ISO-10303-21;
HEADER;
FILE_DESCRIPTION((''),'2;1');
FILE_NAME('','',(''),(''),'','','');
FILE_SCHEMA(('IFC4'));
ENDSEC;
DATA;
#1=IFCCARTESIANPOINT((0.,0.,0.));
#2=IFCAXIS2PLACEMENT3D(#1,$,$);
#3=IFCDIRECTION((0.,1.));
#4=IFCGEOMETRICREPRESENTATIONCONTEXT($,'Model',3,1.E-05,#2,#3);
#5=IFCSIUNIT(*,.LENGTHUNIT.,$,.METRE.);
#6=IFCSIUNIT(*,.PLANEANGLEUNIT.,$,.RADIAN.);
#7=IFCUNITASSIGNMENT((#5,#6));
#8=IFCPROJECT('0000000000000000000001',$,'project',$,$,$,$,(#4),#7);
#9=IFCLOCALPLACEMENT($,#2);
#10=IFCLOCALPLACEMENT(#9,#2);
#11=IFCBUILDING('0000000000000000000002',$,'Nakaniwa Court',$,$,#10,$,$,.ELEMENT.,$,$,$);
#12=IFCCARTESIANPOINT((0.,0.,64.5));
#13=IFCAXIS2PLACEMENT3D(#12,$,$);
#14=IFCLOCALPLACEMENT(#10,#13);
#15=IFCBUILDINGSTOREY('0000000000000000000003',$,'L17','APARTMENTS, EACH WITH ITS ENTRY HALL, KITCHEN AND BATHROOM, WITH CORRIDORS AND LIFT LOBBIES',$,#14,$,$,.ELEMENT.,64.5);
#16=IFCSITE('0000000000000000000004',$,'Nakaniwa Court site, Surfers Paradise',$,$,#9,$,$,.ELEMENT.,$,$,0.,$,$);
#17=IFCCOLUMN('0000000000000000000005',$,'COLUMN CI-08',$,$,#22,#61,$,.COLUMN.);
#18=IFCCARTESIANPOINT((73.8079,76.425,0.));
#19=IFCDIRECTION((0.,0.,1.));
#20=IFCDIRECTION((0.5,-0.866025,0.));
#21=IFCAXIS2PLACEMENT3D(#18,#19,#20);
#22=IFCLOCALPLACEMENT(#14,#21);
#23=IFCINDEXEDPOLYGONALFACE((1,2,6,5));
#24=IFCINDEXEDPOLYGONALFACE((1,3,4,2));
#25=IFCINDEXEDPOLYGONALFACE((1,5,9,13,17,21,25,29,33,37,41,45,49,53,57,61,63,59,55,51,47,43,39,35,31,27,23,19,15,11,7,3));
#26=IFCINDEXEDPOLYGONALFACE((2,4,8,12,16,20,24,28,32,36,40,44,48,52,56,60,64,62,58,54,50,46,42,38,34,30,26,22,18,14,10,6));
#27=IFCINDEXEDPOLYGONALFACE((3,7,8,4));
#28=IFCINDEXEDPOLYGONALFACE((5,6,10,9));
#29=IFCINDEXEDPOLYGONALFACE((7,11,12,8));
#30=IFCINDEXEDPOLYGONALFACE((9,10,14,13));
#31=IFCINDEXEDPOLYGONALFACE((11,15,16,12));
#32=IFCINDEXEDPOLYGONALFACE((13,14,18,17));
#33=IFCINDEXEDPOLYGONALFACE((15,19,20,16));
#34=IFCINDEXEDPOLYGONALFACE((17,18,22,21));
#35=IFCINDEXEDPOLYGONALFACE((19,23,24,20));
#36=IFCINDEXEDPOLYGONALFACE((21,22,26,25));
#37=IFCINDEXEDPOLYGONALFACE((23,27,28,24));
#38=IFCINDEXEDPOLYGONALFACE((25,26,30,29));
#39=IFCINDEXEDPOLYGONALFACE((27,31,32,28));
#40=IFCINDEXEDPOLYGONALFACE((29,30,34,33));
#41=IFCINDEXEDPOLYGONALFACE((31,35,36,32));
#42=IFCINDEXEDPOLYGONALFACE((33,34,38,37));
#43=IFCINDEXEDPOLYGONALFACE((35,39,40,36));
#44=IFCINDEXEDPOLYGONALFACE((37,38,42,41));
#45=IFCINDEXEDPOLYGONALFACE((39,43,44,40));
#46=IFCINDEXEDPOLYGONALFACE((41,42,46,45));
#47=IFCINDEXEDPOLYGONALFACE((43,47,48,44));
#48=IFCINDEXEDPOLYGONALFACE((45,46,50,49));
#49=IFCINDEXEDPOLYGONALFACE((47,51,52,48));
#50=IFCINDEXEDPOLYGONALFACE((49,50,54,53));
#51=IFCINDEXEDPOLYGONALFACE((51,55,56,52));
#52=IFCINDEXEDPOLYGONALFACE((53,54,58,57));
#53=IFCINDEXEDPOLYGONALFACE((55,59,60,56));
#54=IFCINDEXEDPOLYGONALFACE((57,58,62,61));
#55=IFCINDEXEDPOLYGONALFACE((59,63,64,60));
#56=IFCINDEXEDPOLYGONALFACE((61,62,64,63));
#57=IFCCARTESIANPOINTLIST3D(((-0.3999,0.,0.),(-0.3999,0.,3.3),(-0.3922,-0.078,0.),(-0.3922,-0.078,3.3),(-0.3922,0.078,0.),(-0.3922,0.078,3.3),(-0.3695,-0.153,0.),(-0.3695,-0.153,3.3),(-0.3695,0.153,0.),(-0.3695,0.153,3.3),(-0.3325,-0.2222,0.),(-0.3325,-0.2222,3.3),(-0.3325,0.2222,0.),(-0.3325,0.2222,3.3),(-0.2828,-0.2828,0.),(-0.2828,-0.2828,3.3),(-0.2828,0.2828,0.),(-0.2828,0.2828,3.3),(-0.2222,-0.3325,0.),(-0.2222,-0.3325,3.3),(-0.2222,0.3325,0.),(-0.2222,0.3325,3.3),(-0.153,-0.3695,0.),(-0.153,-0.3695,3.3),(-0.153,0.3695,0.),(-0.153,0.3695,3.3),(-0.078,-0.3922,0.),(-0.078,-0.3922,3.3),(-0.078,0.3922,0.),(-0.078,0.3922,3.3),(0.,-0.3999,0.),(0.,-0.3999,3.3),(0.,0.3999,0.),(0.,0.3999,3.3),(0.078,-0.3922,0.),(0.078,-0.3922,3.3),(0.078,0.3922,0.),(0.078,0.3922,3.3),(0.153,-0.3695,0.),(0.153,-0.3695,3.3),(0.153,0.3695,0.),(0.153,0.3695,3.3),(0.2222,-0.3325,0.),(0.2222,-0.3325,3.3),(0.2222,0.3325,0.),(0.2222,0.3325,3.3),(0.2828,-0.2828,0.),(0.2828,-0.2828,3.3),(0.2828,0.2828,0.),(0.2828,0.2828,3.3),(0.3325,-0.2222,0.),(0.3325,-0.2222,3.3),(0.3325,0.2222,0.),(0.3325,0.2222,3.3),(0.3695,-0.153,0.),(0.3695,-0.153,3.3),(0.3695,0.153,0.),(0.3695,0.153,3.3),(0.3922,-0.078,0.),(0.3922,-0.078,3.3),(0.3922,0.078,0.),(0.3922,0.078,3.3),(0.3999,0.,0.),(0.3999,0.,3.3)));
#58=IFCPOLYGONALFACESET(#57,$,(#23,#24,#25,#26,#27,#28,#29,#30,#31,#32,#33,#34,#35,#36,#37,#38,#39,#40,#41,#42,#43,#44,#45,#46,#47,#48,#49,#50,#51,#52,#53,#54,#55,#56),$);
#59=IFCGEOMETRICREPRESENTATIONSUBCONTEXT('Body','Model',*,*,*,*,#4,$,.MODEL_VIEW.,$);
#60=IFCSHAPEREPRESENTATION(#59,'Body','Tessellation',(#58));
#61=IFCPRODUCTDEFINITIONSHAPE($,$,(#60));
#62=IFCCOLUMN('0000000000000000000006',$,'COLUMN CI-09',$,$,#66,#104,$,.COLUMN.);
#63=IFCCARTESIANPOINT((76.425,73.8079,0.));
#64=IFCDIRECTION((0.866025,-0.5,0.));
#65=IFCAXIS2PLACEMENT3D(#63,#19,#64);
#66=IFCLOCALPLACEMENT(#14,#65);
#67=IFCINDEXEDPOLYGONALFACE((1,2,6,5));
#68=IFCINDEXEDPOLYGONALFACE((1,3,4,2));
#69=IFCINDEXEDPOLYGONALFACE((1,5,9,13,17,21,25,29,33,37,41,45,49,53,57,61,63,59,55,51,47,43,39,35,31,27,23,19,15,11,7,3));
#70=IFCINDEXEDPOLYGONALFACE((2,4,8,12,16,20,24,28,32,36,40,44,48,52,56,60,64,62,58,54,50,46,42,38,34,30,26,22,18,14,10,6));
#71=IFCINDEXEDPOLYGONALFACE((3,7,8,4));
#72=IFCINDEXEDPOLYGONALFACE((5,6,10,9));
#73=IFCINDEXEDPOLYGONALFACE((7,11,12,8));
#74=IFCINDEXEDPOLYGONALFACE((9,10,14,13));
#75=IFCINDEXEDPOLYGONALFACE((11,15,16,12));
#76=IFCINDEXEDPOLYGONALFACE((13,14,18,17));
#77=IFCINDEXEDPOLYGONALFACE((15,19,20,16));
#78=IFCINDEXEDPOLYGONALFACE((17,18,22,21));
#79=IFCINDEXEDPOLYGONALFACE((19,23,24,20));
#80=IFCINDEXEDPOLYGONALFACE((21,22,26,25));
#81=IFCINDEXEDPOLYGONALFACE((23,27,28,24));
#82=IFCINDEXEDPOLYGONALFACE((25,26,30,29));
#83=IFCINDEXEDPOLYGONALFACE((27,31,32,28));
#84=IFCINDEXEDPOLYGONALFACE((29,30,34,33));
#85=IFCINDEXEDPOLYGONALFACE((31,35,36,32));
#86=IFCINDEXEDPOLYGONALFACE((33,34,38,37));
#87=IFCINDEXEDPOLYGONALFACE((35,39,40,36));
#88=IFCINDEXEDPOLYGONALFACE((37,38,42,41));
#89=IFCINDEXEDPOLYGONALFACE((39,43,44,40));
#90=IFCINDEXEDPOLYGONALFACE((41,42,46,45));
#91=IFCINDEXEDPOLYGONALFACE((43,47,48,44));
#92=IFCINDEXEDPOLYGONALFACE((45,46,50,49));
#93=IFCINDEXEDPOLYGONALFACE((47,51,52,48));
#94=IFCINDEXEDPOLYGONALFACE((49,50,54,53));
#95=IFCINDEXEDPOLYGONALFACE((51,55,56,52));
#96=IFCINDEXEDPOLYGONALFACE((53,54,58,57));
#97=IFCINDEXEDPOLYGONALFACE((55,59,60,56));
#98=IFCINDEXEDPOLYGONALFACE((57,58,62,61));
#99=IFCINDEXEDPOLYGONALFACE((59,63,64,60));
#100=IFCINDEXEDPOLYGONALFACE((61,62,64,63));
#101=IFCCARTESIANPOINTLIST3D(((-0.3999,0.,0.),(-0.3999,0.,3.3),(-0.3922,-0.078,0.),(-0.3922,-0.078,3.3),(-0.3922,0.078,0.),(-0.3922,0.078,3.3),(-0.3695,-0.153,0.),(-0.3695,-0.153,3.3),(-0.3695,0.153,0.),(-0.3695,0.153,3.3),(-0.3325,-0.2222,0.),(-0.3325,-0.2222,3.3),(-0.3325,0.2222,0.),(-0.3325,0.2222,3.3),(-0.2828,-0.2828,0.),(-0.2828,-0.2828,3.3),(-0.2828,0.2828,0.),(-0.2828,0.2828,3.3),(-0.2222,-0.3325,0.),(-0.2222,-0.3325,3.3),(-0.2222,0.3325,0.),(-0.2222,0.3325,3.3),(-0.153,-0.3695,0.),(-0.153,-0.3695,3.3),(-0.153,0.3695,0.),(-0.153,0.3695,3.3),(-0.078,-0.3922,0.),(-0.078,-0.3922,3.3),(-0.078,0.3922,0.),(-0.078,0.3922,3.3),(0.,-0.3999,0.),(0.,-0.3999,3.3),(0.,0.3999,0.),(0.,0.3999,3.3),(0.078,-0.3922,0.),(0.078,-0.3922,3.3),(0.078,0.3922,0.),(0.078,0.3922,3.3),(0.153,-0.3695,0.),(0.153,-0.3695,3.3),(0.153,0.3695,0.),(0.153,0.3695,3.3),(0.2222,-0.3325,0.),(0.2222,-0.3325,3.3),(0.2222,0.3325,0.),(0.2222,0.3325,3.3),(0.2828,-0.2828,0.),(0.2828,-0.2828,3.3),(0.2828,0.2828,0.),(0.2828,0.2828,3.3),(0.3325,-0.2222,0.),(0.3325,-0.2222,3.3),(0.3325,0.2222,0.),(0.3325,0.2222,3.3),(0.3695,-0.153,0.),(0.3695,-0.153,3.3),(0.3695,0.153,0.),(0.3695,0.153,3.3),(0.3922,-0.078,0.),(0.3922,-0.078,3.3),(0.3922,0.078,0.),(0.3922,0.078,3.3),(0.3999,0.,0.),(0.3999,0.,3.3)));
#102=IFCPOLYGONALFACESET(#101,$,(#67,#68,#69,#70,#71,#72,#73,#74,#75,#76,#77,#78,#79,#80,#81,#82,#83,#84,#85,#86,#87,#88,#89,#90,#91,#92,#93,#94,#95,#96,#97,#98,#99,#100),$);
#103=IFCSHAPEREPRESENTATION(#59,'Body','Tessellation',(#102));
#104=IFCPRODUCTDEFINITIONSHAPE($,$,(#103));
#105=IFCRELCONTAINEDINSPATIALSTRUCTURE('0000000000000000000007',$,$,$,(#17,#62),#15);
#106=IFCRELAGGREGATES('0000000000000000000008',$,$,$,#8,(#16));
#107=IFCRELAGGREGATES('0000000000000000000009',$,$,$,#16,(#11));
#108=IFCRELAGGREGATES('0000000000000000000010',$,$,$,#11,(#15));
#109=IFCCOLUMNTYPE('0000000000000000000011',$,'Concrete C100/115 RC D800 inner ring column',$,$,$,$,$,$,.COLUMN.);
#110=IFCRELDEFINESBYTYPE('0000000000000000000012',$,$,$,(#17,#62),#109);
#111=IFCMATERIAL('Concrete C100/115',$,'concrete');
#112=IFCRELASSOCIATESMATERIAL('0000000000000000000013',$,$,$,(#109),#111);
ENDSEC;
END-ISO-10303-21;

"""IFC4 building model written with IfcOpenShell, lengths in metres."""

from ifc_helpers import new_model, si_unit, direction, frame, origin, origin_2d, place, context, subcontext, project, spatial, circle, extrude, material, material_profile, profile_set, type_object, element, save


model = new_model("IFC4")

# Units and contexts
model_context = context("Model", 3, precision=1e-05, world=origin(), true_north=direction((0.0, 1.0)))
body_context = subcontext(model_context, "Body", "Model", "MODEL_VIEW")
ifc_project = project(units=[si_unit("LENGTHUNIT", "METRE"), si_unit("PLANEANGLEUNIT", "RADIAN")], contexts=[model_context])

# Site, building, storey
site_placement = place(None, origin())
site = spatial("IfcSite", under=ifc_project, at=site_placement, Name="Nakaniwa Court site, Surfers Paradise", CompositionType="ELEMENT", RefElevation=0.0)
building_placement = place(site_placement, origin())
building = spatial("IfcBuilding", under=site, at=building_placement, Name="Nakaniwa Court", CompositionType="ELEMENT")
storey_placement = place(building_placement, frame((0.0, 0.0, 64.5)))
storey = spatial("IfcBuildingStorey", under=building, at=storey_placement, Name="L17", Description="APARTMENTS, EACH WITH ITS ENTRY HALL, KITCHEN AND BATHROOM, WITH CORRIDORS AND LIFT LOBBIES", CompositionType="ELEMENT", Elevation=64.5)

# Columns
ifc_material_1 = material(Name="Concrete C100/115", Category="concrete")
ifc_material_profile_1 = material_profile(ifc_material_1, circle(Radius=0.3999, at=origin_2d()), Name="Concrete C100/115 RC D800 inner ring column")
ifc_profile_set_1 = profile_set([ifc_material_profile_1], Name="Concrete C100/115")
column_type_1 = type_object("IfcColumnType", Name="Concrete C100/115 RC D800 inner ring column", PredefinedType="COLUMN", material=ifc_profile_set_1)
for number, where, z_axis, x_axis, name in (
    (1, (73.8079, 76.425, 0.0), (0.0, 0.0, 1.0), (0.5, -0.866025, 0.0), "COLUMN CI-08"),
    (2, (76.425, 73.8079, 0.0), (0.0, 0.0, 1.0), (0.866025, -0.5, 0.0), "COLUMN CI-09"),
):
    element("IfcColumn", number, at=place(storey_placement, frame(where, z_axis=z_axis, x_axis=x_axis)), inside=storey, type_object=column_type_1, Name=name, PredefinedType="COLUMN", context=body_context, shape_type="SweptSolid", body=[
        extrude(circle(Radius=0.3999, at=origin_2d()), origin(), (0.0, 0.0, 1.0), 3.3),
    ])

save(model, "model.ifc")
